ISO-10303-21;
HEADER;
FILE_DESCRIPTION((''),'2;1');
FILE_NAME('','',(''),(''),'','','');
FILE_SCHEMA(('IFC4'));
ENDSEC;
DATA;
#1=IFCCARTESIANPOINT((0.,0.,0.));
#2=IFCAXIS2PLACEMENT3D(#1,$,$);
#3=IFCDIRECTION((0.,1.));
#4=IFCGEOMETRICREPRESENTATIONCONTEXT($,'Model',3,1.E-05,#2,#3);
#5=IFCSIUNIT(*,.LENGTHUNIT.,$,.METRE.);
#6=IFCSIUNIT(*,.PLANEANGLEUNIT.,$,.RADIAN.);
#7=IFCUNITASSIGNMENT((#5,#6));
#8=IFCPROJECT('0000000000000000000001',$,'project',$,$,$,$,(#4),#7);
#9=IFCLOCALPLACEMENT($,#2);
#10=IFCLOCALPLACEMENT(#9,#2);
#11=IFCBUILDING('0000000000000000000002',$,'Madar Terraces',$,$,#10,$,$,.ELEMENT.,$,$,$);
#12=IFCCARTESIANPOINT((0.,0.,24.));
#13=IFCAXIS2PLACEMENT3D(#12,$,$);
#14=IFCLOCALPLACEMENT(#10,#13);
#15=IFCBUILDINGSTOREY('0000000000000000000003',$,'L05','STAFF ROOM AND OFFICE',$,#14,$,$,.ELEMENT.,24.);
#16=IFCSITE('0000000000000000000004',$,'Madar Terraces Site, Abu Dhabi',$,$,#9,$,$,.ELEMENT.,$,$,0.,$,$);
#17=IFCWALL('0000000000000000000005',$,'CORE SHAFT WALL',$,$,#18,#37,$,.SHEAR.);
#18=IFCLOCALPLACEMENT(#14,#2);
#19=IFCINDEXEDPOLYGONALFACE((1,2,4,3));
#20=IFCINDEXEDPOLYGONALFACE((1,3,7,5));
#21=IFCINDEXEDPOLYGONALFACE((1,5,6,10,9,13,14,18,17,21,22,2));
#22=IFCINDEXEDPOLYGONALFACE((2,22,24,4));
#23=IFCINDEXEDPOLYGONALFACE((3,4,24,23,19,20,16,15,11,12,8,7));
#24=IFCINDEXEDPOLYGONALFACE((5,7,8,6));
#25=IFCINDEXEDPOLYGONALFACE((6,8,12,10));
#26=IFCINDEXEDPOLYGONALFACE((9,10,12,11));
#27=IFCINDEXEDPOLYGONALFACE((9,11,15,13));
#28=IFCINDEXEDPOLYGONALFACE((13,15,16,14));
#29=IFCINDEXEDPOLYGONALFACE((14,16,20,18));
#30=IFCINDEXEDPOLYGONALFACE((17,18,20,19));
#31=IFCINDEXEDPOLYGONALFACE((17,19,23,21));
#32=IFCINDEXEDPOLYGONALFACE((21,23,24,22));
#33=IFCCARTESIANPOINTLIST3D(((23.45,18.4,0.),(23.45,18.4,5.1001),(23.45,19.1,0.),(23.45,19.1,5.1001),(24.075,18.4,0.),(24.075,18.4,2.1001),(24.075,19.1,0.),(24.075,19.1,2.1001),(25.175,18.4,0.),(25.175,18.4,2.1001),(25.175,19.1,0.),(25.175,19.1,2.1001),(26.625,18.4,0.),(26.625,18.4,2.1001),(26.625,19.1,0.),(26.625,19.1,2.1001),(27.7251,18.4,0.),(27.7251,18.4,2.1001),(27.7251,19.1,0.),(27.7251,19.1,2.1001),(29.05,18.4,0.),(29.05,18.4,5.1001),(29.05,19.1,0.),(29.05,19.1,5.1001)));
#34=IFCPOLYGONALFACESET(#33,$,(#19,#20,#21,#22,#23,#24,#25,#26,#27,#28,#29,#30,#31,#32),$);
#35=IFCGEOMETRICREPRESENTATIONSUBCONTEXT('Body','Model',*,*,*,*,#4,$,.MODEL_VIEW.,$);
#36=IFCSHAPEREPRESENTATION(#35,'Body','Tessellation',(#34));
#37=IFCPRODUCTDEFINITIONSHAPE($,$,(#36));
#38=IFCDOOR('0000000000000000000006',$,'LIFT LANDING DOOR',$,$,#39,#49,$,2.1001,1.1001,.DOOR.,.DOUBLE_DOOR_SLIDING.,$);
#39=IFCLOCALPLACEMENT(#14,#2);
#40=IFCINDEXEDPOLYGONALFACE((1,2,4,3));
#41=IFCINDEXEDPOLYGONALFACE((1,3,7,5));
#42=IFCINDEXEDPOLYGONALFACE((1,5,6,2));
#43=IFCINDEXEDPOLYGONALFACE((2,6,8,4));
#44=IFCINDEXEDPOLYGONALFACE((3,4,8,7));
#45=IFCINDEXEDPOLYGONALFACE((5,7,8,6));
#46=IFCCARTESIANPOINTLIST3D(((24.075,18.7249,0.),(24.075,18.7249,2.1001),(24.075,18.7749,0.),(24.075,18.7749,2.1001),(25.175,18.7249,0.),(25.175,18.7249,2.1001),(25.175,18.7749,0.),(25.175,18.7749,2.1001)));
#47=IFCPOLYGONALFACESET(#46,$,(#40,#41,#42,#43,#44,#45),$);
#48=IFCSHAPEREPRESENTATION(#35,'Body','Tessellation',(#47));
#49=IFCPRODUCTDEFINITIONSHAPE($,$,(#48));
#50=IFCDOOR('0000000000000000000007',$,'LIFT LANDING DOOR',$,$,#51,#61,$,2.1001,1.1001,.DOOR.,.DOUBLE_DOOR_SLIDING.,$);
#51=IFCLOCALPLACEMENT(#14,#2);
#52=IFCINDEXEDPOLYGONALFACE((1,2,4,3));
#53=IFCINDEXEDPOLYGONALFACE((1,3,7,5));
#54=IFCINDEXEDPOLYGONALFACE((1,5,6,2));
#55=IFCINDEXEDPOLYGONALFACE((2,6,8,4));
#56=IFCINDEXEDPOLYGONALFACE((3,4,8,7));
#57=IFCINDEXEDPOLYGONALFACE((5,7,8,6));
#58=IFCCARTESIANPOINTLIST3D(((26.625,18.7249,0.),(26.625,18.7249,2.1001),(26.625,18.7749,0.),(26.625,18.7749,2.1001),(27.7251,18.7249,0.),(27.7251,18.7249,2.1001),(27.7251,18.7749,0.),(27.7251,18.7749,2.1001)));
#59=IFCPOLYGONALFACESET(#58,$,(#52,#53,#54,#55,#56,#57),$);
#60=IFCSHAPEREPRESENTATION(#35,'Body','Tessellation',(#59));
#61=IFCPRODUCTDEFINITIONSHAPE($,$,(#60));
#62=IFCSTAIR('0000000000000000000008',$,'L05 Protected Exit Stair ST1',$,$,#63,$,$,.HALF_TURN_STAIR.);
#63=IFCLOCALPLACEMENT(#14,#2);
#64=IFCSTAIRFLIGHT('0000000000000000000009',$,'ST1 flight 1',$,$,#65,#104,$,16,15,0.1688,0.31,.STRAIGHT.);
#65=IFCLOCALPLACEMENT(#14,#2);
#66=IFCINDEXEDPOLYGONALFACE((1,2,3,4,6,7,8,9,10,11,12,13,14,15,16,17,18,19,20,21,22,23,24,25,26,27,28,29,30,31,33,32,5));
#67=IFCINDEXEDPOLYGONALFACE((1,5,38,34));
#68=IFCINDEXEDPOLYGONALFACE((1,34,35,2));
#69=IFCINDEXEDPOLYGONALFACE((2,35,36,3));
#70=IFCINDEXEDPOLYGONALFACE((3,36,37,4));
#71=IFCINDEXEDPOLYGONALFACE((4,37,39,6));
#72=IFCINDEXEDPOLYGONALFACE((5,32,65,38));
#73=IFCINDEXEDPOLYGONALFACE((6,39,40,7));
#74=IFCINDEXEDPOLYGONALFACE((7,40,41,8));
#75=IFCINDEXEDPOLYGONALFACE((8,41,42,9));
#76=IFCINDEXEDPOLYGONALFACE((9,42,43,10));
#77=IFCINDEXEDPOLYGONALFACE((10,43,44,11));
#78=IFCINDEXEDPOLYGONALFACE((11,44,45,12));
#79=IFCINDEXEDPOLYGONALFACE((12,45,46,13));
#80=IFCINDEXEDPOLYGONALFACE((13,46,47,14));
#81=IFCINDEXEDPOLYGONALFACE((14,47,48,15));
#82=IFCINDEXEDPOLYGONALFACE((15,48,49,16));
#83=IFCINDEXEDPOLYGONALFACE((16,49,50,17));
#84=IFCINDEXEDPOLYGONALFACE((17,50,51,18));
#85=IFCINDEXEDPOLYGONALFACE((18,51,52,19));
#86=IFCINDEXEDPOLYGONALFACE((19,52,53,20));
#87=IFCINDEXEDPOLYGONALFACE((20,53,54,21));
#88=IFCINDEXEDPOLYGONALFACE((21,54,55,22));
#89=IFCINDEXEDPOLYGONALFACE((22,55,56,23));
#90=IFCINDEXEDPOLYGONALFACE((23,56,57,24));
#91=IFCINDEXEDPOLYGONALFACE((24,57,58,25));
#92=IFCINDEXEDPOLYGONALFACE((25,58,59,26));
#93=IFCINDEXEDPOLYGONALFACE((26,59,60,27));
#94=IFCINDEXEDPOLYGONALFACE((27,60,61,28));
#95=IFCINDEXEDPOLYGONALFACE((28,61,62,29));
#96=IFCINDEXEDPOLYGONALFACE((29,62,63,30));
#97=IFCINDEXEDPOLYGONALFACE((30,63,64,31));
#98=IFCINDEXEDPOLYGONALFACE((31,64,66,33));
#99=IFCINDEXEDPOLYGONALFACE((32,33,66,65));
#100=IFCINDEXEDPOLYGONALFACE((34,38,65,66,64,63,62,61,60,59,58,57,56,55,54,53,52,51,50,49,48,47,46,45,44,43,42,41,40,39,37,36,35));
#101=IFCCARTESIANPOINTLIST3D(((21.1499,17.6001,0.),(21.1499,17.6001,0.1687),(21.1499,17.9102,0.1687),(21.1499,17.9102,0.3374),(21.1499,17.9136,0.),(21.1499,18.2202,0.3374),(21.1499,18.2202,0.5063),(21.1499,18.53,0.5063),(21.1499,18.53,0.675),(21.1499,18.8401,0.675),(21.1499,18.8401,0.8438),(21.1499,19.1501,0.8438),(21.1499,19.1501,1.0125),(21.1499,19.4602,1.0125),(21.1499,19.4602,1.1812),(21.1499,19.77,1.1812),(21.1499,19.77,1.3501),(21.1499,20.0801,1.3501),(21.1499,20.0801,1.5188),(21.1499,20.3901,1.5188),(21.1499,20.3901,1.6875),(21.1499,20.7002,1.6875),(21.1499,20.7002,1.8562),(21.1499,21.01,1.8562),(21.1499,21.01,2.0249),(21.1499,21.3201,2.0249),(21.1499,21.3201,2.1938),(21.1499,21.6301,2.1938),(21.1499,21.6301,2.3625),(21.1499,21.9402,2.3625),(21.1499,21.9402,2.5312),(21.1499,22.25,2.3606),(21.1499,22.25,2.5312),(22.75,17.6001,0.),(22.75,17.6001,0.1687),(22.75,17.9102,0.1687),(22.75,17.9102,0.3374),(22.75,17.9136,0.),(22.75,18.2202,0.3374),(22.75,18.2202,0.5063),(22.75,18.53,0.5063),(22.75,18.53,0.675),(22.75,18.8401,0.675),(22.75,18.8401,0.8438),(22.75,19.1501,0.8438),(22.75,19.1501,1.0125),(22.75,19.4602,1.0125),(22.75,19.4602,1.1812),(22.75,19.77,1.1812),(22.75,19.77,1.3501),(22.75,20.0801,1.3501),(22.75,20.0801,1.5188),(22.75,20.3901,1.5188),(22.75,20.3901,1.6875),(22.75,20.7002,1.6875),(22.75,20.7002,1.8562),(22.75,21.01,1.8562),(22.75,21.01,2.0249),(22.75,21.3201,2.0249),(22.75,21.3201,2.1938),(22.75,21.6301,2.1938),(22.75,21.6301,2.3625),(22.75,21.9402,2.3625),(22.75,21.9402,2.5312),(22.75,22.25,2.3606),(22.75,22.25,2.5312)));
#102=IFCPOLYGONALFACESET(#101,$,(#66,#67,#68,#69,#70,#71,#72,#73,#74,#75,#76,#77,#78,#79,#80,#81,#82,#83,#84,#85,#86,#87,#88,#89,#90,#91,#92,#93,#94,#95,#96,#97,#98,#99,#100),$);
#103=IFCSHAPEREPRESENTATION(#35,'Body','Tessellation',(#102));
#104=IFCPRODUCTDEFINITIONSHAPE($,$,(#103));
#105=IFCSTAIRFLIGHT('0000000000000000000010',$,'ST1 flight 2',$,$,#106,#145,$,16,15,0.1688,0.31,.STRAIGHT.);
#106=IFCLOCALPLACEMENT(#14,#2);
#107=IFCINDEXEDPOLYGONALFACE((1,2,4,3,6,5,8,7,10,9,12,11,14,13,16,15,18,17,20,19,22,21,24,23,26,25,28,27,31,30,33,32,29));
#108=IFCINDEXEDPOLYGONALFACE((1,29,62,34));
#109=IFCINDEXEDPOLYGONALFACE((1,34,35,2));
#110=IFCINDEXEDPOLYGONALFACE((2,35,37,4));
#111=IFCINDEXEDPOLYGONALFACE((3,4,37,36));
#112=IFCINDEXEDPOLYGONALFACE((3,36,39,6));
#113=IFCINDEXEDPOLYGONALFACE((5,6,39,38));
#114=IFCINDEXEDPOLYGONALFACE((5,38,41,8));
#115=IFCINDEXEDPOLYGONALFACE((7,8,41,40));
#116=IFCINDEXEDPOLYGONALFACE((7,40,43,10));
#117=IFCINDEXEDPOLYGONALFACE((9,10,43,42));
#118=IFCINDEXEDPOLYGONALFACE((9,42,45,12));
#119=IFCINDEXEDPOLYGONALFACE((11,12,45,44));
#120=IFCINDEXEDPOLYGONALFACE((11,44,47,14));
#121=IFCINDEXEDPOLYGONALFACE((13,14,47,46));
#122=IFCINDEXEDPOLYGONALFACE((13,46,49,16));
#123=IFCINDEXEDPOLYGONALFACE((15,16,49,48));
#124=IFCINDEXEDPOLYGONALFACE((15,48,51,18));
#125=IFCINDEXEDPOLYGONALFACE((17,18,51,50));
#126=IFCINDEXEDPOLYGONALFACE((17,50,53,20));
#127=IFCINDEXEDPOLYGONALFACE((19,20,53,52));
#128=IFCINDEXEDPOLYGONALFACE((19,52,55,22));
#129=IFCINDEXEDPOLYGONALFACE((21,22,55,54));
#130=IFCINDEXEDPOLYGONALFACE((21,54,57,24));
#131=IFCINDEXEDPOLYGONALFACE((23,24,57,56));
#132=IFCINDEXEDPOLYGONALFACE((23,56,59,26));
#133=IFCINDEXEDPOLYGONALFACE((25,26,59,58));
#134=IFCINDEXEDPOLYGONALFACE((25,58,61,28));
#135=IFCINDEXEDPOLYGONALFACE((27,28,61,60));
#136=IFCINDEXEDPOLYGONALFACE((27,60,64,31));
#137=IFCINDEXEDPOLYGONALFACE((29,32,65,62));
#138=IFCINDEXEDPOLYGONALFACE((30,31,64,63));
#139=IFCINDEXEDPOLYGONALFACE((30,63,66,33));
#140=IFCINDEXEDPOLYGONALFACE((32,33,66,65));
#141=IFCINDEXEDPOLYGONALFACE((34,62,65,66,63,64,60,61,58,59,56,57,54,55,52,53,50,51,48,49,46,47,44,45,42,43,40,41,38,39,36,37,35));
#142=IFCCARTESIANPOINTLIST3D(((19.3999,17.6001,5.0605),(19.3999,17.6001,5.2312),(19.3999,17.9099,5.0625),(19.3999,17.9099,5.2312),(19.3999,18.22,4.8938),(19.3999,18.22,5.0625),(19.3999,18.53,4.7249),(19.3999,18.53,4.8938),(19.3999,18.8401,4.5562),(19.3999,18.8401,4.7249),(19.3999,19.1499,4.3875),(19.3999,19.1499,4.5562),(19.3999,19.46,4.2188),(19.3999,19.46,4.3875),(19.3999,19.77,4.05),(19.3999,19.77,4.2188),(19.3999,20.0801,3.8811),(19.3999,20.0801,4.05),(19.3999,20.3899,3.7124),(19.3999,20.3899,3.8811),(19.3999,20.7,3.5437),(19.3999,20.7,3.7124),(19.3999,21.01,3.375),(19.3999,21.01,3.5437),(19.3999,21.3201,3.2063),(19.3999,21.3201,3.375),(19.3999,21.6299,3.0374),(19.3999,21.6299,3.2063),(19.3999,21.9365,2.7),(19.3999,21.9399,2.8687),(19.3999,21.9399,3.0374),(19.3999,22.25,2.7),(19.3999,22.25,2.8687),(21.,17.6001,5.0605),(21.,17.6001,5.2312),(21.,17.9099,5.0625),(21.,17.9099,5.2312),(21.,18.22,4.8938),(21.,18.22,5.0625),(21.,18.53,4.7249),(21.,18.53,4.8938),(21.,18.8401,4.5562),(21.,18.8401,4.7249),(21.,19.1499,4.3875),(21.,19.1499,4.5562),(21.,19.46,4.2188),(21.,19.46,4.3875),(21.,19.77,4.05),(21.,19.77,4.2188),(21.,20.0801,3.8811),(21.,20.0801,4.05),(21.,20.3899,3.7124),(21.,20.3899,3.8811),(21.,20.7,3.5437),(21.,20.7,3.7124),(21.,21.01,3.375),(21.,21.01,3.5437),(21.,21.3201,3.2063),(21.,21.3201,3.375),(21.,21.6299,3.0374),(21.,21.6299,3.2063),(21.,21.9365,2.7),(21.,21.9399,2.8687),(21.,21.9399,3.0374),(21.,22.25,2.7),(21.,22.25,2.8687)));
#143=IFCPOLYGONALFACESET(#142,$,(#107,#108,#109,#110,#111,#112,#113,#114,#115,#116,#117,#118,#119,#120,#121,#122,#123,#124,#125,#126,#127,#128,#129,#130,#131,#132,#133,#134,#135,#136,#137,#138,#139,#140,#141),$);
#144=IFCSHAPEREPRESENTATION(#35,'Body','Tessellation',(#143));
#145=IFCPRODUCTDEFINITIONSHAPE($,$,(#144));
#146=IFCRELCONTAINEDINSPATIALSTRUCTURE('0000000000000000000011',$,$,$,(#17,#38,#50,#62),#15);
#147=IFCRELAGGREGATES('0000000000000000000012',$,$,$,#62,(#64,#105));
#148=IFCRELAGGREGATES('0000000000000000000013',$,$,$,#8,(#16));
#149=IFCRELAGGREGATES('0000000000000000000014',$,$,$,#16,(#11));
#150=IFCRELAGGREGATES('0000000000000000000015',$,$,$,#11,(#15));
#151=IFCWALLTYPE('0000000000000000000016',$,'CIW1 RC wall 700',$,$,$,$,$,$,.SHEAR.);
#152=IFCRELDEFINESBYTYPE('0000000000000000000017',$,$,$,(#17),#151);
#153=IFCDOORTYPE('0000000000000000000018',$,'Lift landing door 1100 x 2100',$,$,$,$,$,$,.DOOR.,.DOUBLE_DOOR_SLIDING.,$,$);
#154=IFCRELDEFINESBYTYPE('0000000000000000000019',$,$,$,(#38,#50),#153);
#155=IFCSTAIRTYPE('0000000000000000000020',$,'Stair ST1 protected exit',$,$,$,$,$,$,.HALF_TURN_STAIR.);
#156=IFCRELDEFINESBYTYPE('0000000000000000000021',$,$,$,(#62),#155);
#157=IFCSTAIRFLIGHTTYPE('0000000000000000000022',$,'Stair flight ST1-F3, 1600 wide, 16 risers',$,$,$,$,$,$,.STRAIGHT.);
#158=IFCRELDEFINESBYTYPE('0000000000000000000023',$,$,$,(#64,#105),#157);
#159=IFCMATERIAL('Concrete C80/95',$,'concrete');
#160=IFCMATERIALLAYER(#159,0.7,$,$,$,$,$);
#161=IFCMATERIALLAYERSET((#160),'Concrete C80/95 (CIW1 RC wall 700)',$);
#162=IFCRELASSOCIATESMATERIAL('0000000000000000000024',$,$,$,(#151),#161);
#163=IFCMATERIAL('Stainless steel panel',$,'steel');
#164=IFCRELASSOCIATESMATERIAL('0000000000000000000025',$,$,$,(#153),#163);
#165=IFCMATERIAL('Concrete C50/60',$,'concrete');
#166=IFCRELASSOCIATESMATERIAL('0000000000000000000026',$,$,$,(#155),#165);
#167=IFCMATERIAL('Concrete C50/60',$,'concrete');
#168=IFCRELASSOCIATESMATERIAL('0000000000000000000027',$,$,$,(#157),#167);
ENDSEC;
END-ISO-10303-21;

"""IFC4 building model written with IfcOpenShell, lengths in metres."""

from ifc_helpers import new_model, si_unit, direction, frame, frame_2d, origin, place, context, subcontext, project, spatial, polyline, rectangle, outline, extrude, material, layer, layer_set, type_object, element, fill, aggregate, save


model = new_model("IFC4")

# Units and contexts
model_context = context("Model", 3, precision=1e-05, world=origin(), true_north=direction((0.0, 1.0)))
body_context = subcontext(model_context, "Body", "Model", "MODEL_VIEW")
ifc_project = project(units=[si_unit("LENGTHUNIT", "METRE"), si_unit("PLANEANGLEUNIT", "RADIAN")], contexts=[model_context])

# Site, building, storey
site_placement = place(None, origin())
site = spatial("IfcSite", under=ifc_project, at=site_placement, Name="Madar Terraces Site, Abu Dhabi", CompositionType="ELEMENT", RefElevation=0.0)
building_placement = place(site_placement, origin())
building = spatial("IfcBuilding", under=site, at=building_placement, Name="Madar Terraces", CompositionType="ELEMENT")
storey_placement = place(building_placement, frame((0.0, 0.0, 24.0)))
storey = spatial("IfcBuildingStorey", under=building, at=storey_placement, Name="L05", Description="STAFF ROOM AND OFFICE", CompositionType="ELEMENT", Elevation=24.0)

# Wall, openings, doors
ifc_material_1 = material(Name="Concrete C80/95", Category="concrete")
ifc_layer = layer(ifc_material_1, 0.7)
ifc_layer_set = layer_set([ifc_layer], Name="Concrete C80/95 (CIW1 RC wall 700)")
wall_type = type_object("IfcWallType", Name="CIW1 RC wall 700", PredefinedType="SHEAR", material=ifc_layer_set)
wall_placement = place(storey_placement, frame((23.45, 18.75, 0.0), z_axis=(0.0, 0.0, 1.0), x_axis=(1.0, 0.0, 0.0)))
wall = element("IfcWall", 1, at=wall_placement, inside=storey, type_object=wall_type, Name="CORE SHAFT WALL", PredefinedType="SHEAR", context=body_context, shape_type="SweptSolid", body=[
    extrude(rectangle(XDim=5.6001, YDim=0.7, at=frame_2d((2.8, 0.0))), origin(), (0.0, 0.0, 1.0), 5.1001),
])
opening_1_placement = place(wall_placement, frame((0.625, 0.0, 0.0)))
opening_1 = element("IfcOpeningElement", 2, at=opening_1_placement, cuts=wall, PredefinedType="OPENING", context=body_context, shape_type="SweptSolid", body=[
    extrude(rectangle(XDim=1.1001, YDim=2.1001, at=frame_2d((0.55, 1.05))), frame((0.0, 0.3599, 0.0), z_axis=(0.0, -1.0, 0.0), x_axis=(1.0, 0.0, 0.0)), (0.0, 0.0, 1.0), 0.72),
])
opening_2_placement = place(wall_placement, frame((3.175, 0.0, 0.0)))
opening_2 = element("IfcOpeningElement", 3, at=opening_2_placement, cuts=wall, PredefinedType="OPENING", context=body_context, shape_type="SweptSolid", body=[
    extrude(rectangle(XDim=1.1001, YDim=2.1001, at=frame_2d((0.55, 1.05))), frame((0.0, 0.3599, 0.0), z_axis=(0.0, -1.0, 0.0), x_axis=(1.0, 0.0, 0.0)), (0.0, 0.0, 1.0), 0.72),
])
ifc_material_2 = material(Name="Stainless steel panel", Category="steel")
door_type = type_object("IfcDoorType", Name="Lift landing door 1100 x 2100", OperationType="DOUBLE_DOOR_SLIDING", PredefinedType="DOOR", material=ifc_material_2)
door_1_placement = place(opening_1_placement, origin())
door_1 = element("IfcDoor", 4, at=door_1_placement, inside=storey, type_object=door_type, Name="LIFT LANDING DOOR", OperationType="DOUBLE_DOOR_SLIDING", OverallHeight=2.1001, OverallWidth=1.1001, PredefinedType="DOOR", context=body_context, shape_type="SweptSolid", body=[
    extrude(rectangle(XDim=1.1001, YDim=2.1001, at=frame_2d((0.55, 1.05))), frame((0.0, 0.0249, 0.0), z_axis=(0.0, -1.0, 0.0), x_axis=(1.0, 0.0, 0.0)), (0.0, 0.0, 1.0), 0.05),
])
fill(opening_1, door_1)
door_2_placement = place(opening_2_placement, origin())
door_2 = element("IfcDoor", 5, at=door_2_placement, inside=storey, type_object=door_type, Name="LIFT LANDING DOOR", OperationType="DOUBLE_DOOR_SLIDING", OverallHeight=2.1001, OverallWidth=1.1001, PredefinedType="DOOR", context=body_context, shape_type="SweptSolid", body=[
    extrude(rectangle(XDim=1.1001, YDim=2.1001, at=frame_2d((0.55, 1.05))), frame((0.0, 0.0249, 0.0), z_axis=(0.0, -1.0, 0.0), x_axis=(1.0, 0.0, 0.0)), (0.0, 0.0, 1.0), 0.05),
])
fill(opening_2, door_2)

# Stair, stair flights
ifc_material_3 = material(Name="Concrete C50/60", Category="concrete")
stair_type = type_object("IfcStairType", Name="Stair ST1 protected exit", PredefinedType="HALF_TURN_STAIR", material=ifc_material_3)
stair_placement = place(storey_placement, origin())
stair = element("IfcStair", 6, at=stair_placement, inside=storey, type_object=stair_type, Name="L05 Protected Exit Stair ST1", PredefinedType="HALF_TURN_STAIR")
ifc_material_4 = material(Name="Concrete C50/60", Category="concrete")
stair_flight_type = type_object("IfcStairFlightType", Name="Stair flight ST1-F3, 1600 wide, 16 risers", PredefinedType="STRAIGHT", material=ifc_material_4)
stair_flight_1_placement = place(storey_placement, frame((21.95, 17.6001, 0.0), z_axis=(0.0, 0.0, 1.0), x_axis=(0.0, 1.0, 0.0)))
stair_flight_1 = element("IfcStairFlight", 7, at=stair_flight_1_placement, type_object=stair_flight_type, Name="ST1 flight 1", NumberOfRisers=16, NumberOfTreads=15, PredefinedType="STRAIGHT", RiserHeight=0.1688, TreadLength=0.31, context=body_context, shape_type="SweptSolid", body=[
    extrude(outline(polyline([(0.0, 0.0), (0.0, 0.1687), (0.3101, 0.1687), (0.3101, 0.3374), (0.6201, 0.3374), (0.6201, 0.5063), (0.9299, 0.5063), (0.9299, 0.675), (1.24, 0.675), (1.24, 0.8438), (1.55, 0.8438), (1.55, 1.0125), (1.8601, 1.0125), (1.8601, 1.1812), (2.1699, 1.1812), (2.1699, 1.3501), (2.48, 1.3501), (2.48, 1.5188), (2.79, 1.5188), (2.79, 1.6875), (3.1001, 1.6875), (3.1001, 1.8562), (3.4099, 1.8562), (3.4099, 2.0249), (3.72, 2.0249), (3.72, 2.1938), (4.03, 2.1938), (4.03, 2.3625), (4.3401, 2.3625), (4.3401, 2.5312), (4.6499, 2.5312), (4.6499, 2.7), (4.6499, 2.3606), (0.3135, 0.0), (0.0, 0.0)])), frame((0.0, 0.8, 0.0), z_axis=(0.0, -1.0, 0.0), x_axis=(1.0, 0.0, 0.0)), (0.0, 0.0, 1.0), 1.6001),
])
stair_flight_2_placement = place(storey_placement, frame((20.2, 22.25, 2.7), z_axis=(0.0, 0.0, 1.0), x_axis=(0.0, -1.0, 0.0)))
stair_flight_2 = element("IfcStairFlight", 8, at=stair_flight_2_placement, type_object=stair_flight_type, Name="ST1 flight 2", NumberOfRisers=16, NumberOfTreads=15, PredefinedType="STRAIGHT", RiserHeight=0.1688, TreadLength=0.31, context=body_context, shape_type="SweptSolid", body=[
    extrude(outline(polyline([(0.0, 0.0), (0.0, 0.1687), (0.3101, 0.1687), (0.3101, 0.3374), (0.6201, 0.3374), (0.6201, 0.5063), (0.9299, 0.5063), (0.9299, 0.675), (1.24, 0.675), (1.24, 0.8438), (1.55, 0.8438), (1.55, 1.0125), (1.8601, 1.0125), (1.8601, 1.1812), (2.1699, 1.1812), (2.1699, 1.3501), (2.48, 1.3501), (2.48, 1.5188), (2.79, 1.5188), (2.79, 1.6875), (3.1001, 1.6875), (3.1001, 1.8562), (3.4099, 1.8562), (3.4099, 2.0249), (3.72, 2.0249), (3.72, 2.1938), (4.03, 2.1938), (4.03, 2.3625), (4.3401, 2.3625), (4.3401, 2.5312), (4.6499, 2.5312), (4.6499, 2.7), (4.6499, 2.3606), (0.3135, 0.0), (0.0, 0.0)])), frame((0.0, 0.8, 0.0), z_axis=(0.0, -1.0, 0.0), x_axis=(1.0, 0.0, 0.0)), (0.0, 0.0, 1.0), 1.6001),
])
aggregate(stair, [stair_flight_1, stair_flight_2])

save(model, "model.ifc")
